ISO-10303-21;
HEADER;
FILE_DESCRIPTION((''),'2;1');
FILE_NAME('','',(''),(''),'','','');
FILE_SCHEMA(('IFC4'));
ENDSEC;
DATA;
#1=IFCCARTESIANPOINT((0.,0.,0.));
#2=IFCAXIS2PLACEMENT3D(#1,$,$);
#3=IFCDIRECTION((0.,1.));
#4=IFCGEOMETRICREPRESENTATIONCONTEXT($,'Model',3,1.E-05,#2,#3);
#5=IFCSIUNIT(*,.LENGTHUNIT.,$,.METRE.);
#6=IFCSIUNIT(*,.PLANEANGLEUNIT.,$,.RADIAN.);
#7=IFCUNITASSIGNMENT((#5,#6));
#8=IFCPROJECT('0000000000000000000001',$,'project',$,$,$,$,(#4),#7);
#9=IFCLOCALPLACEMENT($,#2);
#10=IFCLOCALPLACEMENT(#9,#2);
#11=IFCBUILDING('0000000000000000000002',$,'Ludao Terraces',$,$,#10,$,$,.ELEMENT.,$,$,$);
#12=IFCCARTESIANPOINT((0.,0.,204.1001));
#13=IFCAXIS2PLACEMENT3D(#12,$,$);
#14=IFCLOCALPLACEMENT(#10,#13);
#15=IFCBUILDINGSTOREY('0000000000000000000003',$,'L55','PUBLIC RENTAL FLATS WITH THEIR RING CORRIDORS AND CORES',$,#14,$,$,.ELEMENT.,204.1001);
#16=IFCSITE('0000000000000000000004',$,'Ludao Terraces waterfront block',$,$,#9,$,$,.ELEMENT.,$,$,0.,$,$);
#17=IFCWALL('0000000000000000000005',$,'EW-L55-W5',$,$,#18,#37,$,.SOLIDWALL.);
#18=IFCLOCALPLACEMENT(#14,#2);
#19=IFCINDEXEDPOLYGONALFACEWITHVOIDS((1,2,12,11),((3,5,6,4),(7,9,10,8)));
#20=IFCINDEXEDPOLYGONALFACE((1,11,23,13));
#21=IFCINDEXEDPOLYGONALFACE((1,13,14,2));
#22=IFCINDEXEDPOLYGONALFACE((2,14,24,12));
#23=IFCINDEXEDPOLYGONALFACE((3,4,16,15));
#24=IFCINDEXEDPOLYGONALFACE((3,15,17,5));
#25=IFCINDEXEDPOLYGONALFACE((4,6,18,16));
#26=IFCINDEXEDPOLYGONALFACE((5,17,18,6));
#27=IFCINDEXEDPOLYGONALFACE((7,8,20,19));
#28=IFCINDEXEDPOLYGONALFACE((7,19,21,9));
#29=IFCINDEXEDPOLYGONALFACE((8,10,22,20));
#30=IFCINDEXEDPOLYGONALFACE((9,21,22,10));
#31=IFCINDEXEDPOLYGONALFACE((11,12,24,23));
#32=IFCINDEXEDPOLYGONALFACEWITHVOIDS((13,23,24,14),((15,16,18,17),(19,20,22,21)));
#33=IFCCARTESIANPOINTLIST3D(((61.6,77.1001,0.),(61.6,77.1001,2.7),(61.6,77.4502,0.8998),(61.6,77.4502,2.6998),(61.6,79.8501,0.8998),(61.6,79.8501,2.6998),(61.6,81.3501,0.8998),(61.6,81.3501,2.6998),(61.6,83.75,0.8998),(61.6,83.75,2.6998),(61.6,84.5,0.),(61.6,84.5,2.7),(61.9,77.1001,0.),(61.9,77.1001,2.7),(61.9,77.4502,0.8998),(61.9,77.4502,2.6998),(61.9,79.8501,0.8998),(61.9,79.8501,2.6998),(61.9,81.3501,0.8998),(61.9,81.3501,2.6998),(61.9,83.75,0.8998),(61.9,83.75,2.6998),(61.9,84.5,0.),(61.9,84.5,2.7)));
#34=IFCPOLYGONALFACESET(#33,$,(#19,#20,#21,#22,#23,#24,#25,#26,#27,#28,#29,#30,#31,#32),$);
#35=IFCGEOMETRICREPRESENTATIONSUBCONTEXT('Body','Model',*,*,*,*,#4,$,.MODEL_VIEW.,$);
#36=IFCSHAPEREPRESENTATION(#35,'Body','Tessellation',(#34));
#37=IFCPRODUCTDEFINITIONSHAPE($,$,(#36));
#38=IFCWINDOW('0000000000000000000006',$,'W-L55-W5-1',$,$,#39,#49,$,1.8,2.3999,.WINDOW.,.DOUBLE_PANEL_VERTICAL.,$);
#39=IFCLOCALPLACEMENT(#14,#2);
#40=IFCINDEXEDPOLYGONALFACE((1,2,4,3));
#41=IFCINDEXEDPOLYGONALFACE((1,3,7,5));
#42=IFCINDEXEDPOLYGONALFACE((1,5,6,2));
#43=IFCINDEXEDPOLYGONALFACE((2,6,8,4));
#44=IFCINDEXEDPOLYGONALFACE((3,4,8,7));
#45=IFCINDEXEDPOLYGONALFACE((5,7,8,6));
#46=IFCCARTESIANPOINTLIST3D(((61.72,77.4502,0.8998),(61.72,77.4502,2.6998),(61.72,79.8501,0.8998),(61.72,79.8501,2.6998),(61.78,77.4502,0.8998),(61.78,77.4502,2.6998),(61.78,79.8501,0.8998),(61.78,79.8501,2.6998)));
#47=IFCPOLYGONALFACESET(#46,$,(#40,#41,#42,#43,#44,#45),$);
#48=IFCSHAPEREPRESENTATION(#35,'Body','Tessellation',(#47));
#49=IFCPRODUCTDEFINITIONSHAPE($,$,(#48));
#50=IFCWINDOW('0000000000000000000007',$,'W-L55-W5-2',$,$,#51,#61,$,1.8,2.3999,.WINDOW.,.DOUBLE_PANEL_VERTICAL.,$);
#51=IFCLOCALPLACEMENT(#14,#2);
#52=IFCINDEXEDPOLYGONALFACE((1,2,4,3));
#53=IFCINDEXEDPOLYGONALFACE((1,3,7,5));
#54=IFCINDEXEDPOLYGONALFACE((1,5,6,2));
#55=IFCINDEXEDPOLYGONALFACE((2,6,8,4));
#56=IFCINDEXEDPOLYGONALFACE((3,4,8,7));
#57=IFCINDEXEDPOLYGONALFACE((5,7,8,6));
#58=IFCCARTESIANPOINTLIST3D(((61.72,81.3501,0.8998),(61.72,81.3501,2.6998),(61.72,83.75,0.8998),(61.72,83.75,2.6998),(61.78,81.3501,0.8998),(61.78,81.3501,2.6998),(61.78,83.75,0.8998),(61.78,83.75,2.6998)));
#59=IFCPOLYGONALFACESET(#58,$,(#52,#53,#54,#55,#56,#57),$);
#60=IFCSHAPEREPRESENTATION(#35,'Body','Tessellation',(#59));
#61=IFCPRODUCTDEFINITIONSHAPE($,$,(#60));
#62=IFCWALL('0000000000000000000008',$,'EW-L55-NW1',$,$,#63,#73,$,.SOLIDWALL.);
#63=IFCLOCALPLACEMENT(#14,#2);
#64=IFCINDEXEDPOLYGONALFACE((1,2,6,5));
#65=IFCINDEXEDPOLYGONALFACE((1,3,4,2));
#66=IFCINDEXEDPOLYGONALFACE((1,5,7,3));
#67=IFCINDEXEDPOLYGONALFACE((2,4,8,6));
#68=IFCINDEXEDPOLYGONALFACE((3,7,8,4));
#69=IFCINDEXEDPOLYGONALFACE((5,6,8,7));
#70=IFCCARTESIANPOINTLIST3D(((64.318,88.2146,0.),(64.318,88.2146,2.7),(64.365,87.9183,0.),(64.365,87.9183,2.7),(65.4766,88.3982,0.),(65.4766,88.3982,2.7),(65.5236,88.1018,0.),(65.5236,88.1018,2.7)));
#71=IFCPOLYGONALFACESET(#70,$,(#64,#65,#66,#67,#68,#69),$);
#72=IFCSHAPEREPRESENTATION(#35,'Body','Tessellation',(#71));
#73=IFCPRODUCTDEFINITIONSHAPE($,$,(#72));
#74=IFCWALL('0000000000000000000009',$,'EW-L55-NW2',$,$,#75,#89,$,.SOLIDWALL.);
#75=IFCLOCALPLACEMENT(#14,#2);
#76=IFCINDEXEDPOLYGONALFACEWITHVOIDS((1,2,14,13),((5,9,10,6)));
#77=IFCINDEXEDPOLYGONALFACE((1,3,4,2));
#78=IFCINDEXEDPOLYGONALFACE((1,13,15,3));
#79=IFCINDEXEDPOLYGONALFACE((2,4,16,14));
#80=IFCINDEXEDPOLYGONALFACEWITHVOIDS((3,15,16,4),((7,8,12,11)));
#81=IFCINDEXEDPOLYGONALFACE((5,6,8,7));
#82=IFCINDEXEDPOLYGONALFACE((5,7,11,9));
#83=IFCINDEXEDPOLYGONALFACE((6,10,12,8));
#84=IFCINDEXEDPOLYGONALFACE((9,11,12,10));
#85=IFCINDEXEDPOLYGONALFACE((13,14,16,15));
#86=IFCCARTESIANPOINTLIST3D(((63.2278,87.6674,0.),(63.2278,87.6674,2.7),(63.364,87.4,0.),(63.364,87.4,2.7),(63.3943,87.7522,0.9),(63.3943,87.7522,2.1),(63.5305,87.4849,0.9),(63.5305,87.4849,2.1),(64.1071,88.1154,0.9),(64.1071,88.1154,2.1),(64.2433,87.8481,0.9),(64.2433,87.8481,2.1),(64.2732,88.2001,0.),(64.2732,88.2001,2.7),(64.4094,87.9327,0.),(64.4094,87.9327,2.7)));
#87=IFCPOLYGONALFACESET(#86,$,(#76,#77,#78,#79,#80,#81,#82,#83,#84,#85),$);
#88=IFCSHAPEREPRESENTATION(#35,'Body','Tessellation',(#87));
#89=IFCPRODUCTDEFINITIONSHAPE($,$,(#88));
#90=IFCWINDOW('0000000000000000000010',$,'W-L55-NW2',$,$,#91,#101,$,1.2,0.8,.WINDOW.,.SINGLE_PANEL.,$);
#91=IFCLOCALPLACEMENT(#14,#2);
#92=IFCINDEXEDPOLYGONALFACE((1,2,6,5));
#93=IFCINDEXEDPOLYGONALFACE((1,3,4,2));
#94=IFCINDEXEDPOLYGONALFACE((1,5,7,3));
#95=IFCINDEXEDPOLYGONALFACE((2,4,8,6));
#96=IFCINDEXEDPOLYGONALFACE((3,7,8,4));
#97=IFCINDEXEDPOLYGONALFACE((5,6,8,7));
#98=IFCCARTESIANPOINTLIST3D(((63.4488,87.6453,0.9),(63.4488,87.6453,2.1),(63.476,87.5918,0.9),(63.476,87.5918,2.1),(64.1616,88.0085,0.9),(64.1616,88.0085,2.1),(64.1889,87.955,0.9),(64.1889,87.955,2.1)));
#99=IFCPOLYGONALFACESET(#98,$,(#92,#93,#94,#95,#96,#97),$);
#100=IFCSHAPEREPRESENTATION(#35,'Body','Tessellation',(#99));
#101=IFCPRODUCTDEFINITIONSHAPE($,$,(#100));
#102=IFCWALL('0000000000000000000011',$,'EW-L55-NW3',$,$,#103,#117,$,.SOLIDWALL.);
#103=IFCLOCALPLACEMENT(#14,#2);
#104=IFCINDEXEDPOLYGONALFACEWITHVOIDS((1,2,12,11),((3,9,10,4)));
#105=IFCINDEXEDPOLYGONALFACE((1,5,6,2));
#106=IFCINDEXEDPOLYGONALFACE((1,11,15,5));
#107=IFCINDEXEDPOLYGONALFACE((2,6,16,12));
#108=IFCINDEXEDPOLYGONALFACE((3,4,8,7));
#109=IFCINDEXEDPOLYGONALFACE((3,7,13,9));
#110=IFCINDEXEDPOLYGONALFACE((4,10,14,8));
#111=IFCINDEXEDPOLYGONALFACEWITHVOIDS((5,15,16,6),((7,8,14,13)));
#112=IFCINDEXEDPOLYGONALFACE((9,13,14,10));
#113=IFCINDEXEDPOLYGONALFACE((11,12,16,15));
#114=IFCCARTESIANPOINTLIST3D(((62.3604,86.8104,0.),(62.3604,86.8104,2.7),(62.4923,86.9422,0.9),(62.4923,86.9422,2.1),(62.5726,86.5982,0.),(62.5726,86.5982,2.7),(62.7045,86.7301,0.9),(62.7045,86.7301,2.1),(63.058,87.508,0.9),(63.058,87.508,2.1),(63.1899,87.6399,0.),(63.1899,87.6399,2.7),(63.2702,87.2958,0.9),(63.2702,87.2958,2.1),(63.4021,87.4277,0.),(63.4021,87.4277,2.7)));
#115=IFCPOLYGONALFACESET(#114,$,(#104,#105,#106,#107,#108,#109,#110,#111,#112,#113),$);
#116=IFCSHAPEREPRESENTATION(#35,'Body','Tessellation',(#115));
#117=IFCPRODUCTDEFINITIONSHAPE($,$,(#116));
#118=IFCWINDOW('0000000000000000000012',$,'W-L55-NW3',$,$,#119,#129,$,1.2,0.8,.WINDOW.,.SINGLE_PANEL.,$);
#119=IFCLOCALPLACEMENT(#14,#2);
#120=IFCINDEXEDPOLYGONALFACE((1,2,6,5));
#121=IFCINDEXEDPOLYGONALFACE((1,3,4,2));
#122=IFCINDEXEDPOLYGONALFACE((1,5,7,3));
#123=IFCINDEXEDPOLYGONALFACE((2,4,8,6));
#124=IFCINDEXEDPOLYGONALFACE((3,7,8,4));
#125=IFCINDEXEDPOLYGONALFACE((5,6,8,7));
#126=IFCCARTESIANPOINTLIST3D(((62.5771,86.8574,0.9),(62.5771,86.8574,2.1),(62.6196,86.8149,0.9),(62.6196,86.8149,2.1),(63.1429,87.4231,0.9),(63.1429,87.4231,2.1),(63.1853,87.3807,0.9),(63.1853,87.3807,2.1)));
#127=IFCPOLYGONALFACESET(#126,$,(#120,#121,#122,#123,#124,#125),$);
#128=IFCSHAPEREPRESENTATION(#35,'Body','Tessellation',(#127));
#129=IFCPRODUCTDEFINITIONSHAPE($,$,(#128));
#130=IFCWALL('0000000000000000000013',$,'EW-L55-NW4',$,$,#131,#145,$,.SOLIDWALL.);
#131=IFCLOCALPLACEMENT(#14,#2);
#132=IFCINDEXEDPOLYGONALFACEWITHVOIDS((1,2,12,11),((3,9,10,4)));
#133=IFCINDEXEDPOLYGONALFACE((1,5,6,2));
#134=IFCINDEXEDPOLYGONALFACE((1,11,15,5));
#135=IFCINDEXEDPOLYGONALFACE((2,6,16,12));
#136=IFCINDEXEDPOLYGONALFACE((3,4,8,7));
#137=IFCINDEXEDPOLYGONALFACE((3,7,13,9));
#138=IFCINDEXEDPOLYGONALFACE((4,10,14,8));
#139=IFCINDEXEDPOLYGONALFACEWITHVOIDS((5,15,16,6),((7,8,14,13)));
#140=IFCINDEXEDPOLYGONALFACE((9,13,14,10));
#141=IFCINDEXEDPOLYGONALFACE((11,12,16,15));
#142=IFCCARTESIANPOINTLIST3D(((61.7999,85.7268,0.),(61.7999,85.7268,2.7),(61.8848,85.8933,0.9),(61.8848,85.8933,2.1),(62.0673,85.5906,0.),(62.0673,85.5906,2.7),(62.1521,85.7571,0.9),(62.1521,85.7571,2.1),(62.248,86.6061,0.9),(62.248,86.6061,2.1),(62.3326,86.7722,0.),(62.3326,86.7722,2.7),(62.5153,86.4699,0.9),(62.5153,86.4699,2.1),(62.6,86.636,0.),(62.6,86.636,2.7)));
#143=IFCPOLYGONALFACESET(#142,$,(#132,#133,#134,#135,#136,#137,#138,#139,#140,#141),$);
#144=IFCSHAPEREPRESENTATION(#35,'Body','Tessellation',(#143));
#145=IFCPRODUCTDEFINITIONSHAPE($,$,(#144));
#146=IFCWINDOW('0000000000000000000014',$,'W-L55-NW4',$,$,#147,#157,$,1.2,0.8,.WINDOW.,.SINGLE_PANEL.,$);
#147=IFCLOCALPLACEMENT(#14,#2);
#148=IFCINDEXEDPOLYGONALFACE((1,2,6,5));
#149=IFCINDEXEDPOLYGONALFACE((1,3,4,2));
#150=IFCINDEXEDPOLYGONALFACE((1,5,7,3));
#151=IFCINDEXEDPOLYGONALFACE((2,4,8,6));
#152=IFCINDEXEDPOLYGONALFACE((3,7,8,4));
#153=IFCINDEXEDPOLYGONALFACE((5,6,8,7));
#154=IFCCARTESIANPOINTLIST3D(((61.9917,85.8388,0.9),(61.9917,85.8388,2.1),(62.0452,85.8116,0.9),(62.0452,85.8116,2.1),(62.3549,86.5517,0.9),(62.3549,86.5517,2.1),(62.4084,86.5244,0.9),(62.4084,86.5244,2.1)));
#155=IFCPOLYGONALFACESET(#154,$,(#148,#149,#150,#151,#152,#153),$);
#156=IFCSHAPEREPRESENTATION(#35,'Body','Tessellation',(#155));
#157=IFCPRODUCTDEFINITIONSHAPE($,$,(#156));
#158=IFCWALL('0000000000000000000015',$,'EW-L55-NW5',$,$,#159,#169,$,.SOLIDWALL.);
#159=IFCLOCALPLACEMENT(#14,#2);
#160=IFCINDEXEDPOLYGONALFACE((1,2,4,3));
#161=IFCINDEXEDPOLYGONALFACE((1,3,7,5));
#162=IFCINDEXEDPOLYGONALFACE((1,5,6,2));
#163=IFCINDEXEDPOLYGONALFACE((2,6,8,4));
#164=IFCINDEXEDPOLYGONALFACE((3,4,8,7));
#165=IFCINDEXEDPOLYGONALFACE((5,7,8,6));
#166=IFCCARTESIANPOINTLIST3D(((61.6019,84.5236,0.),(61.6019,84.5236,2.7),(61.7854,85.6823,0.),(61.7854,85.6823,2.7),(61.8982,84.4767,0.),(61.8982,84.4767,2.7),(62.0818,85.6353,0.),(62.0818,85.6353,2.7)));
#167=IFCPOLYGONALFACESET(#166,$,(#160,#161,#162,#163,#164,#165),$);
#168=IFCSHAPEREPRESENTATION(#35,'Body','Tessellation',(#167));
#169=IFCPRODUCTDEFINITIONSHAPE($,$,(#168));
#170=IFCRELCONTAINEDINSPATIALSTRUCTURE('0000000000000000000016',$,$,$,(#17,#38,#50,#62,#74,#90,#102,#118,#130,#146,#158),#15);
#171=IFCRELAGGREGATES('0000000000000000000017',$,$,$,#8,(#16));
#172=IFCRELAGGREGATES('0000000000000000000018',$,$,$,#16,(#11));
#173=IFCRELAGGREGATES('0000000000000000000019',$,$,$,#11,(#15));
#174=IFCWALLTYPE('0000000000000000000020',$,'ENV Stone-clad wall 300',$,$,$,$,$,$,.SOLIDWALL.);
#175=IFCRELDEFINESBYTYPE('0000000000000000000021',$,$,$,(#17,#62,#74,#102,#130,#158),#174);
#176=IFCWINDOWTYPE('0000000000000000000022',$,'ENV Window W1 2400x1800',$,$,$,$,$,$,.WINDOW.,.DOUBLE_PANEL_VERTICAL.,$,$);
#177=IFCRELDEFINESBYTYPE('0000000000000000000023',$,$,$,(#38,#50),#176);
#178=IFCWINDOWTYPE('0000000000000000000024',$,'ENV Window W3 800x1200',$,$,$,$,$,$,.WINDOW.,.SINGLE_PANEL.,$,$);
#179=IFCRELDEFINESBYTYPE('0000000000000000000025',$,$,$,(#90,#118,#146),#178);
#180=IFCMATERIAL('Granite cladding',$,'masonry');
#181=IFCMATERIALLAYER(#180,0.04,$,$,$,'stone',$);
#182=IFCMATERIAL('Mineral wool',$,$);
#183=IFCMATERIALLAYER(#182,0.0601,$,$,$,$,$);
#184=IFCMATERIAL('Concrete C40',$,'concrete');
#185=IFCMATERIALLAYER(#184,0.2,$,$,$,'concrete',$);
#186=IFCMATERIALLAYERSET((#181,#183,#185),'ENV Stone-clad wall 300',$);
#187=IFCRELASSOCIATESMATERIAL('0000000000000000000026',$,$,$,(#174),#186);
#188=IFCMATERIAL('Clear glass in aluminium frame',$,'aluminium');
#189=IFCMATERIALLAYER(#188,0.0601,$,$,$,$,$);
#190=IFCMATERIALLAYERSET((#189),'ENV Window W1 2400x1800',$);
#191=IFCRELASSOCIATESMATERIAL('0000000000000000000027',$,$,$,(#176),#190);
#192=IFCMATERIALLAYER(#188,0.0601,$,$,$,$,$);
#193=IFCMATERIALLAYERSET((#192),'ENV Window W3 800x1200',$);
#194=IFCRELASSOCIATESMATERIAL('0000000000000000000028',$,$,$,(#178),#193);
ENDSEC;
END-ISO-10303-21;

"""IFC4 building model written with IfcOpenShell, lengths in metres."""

from ifc_helpers import new_model, si_unit, direction, frame, frame_2d, origin, place, context, subcontext, project, spatial, rectangle, extrude, material, layer, layer_set, type_object, element, fill, save


model = new_model("IFC4")

# Units and contexts
model_context = context("Model", 3, precision=1e-05, world=origin(), true_north=direction((0.0, 1.0)))
body_context = subcontext(model_context, "Body", "Model", "MODEL_VIEW")
ifc_project = project(units=[si_unit("LENGTHUNIT", "METRE"), si_unit("PLANEANGLEUNIT", "RADIAN")], contexts=[model_context])

# Site, building, storey
site_placement = place(None, origin())
site = spatial("IfcSite", under=ifc_project, at=site_placement, Name="Ludao Terraces waterfront block", CompositionType="ELEMENT", RefElevation=0.0)
building_placement = place(site_placement, origin())
building = spatial("IfcBuilding", under=site, at=building_placement, Name="Ludao Terraces", CompositionType="ELEMENT")
storey_placement = place(building_placement, frame((0.0, 0.0, 204.1001)))
storey = spatial("IfcBuildingStorey", under=building, at=storey_placement, Name="L55", Description="PUBLIC RENTAL FLATS WITH THEIR RING CORRIDORS AND CORES", CompositionType="ELEMENT", Elevation=204.1001)

# Shared definitions
ifc_material_1 = material(Name="Concrete C40", Category="concrete")

# Wall, openings, windows
ifc_material_2 = material(Name="Granite cladding", Category="masonry")
ifc_layer_1 = layer(ifc_material_2, 0.04, Category="stone")
ifc_material_3 = material(Name="Mineral wool")
ifc_layer_2 = layer(ifc_material_3, 0.0601)
ifc_layer_3 = layer(ifc_material_1, 0.2, Category="concrete")
ifc_layer_set_1 = layer_set([ifc_layer_1, ifc_layer_2, ifc_layer_3], Name="ENV Stone-clad wall 300")
wall_type_1 = type_object("IfcWallType", Name="ENV Stone-clad wall 300", PredefinedType="SOLIDWALL", material=ifc_layer_set_1)
ifc_material_4 = material(Name="Clear glass in aluminium frame", Category="aluminium")
ifc_layer_4 = layer(ifc_material_4, 0.0601)
ifc_layer_set_2 = layer_set([ifc_layer_4], Name="ENV Window W1 2400x1800")
window_type_1 = type_object("IfcWindowType", Name="ENV Window W1 2400x1800", PartitioningType="DOUBLE_PANEL_VERTICAL", PredefinedType="WINDOW", material=ifc_layer_set_2)
wall_1_placement = place(storey_placement, frame((61.75, 77.1001, 0.0), z_axis=(0.0, 0.0, 1.0), x_axis=(0.0, 1.0, 0.0)))
wall_1 = element("IfcWall", 1, at=wall_1_placement, inside=storey, type_object=wall_type_1, Name="EW-L55-W5", PredefinedType="SOLIDWALL", context=body_context, shape_type="SweptSolid", body=[
    extrude(rectangle(XDim=7.3999, YDim=0.3, at=frame_2d((3.7, 0.0))), origin(), (0.0, 0.0, 1.0), 2.7),
])
opening_1_placement = place(wall_1_placement, frame((0.3501, 0.0, 0.8999)))
opening_1 = element("IfcOpeningElement", 2, at=opening_1_placement, cuts=wall_1, PredefinedType="OPENING", context=body_context, shape_type="SweptSolid", body=[
    extrude(rectangle(XDim=2.3999, YDim=1.8, at=frame_2d((1.2, 0.8999))), frame((0.0, 0.1602, 0.0), z_axis=(0.0, -1.0, 0.0), x_axis=(1.0, 0.0, 0.0)), (0.0, 0.0, 1.0), 0.3201),
])
opening_2_placement = place(wall_1_placement, frame((4.25, 0.0, 0.8999)))
opening_2 = element("IfcOpeningElement", 3, at=opening_2_placement, cuts=wall_1, PredefinedType="OPENING", context=body_context, shape_type="SweptSolid", body=[
    extrude(rectangle(XDim=2.3999, YDim=1.8, at=frame_2d((1.2, 0.8999))), frame((0.0, 0.1602, 0.0), z_axis=(0.0, -1.0, 0.0), x_axis=(1.0, 0.0, 0.0)), (0.0, 0.0, 1.0), 0.3201),
])
window_1_placement = place(opening_1_placement, origin())
window_1 = element("IfcWindow", 4, at=window_1_placement, inside=storey, type_object=window_type_1, Name="W-L55-W5-1", OverallHeight=1.8, OverallWidth=2.3999, PartitioningType="DOUBLE_PANEL_VERTICAL", PredefinedType="WINDOW", context=body_context, shape_type="SweptSolid", body=[
    extrude(rectangle(XDim=2.3999, YDim=1.8, at=frame_2d((1.2, 0.8999))), frame((0.0, 0.03, 0.0), z_axis=(0.0, -1.0, 0.0), x_axis=(1.0, 0.0, 0.0)), (0.0, 0.0, 1.0), 0.0601),
])
fill(opening_1, window_1)
window_2_placement = place(opening_2_placement, origin())
window_2 = element("IfcWindow", 5, at=window_2_placement, inside=storey, type_object=window_type_1, Name="W-L55-W5-2", OverallHeight=1.8, OverallWidth=2.3999, PartitioningType="DOUBLE_PANEL_VERTICAL", PredefinedType="WINDOW", context=body_context, shape_type="SweptSolid", body=[
    extrude(rectangle(XDim=2.3999, YDim=1.8, at=frame_2d((1.2, 0.8999))), frame((0.0, 0.03, 0.0), z_axis=(0.0, -1.0, 0.0), x_axis=(1.0, 0.0, 0.0)), (0.0, 0.0, 1.0), 0.0601),
])
fill(opening_2, window_2)

# Wall
wall_2_placement = place(storey_placement, frame((65.5, 88.25, 0.0), z_axis=(0.0, 0.0, 1.0), x_axis=(-0.987678, -0.156497, 0.0)))
element("IfcWall", 6, at=wall_2_placement, inside=storey, type_object=wall_type_1, Name="EW-L55-NW1", PredefinedType="SOLIDWALL", context=body_context, shape_type="SweptSolid", body=[
    extrude(rectangle(XDim=1.1731, YDim=0.3, at=frame_2d((0.5864, 0.0))), origin(), (0.0, 0.0, 1.0), 2.7),
])

# Walls, openings, windows
wall_3_placement = place(storey_placement, frame((64.3413, 88.0664, 0.0), z_axis=(0.0, 0.0, 1.0), x_axis=(-0.890989, -0.454026, 0.0)))
wall_3 = element("IfcWall", 7, at=wall_3_placement, inside=storey, type_object=wall_type_1, Name="EW-L55-NW2", PredefinedType="SOLIDWALL", context=body_context, shape_type="SweptSolid", body=[
    extrude(rectangle(XDim=1.1733, YDim=0.3, at=frame_2d((0.5867, 0.0))), origin(), (0.0, 0.0, 1.0), 2.7),
])
opening_3_placement = place(wall_3_placement, frame((0.1865, 0.0, 0.8999)))
opening_3 = element("IfcOpeningElement", 8, at=opening_3_placement, cuts=wall_3, PredefinedType="OPENING", context=body_context, shape_type="SweptSolid", body=[
    extrude(rectangle(XDim=0.8, YDim=1.2, at=frame_2d((0.3999, 0.6001))), frame((0.0, 0.1602, 0.0), z_axis=(0.0, -1.0, 0.0), x_axis=(1.0, 0.0, 0.0)), (0.0, 0.0, 1.0), 0.3201),
])
ifc_layer_5 = layer(ifc_material_4, 0.0601)
ifc_layer_set_3 = layer_set([ifc_layer_5], Name="ENV Window W3 800x1200")
window_type_2 = type_object("IfcWindowType", Name="ENV Window W3 800x1200", PartitioningType="SINGLE_PANEL", PredefinedType="WINDOW", material=ifc_layer_set_3)
window_3_placement = place(opening_3_placement, origin())
window_3 = element("IfcWindow", 9, at=window_3_placement, inside=storey, type_object=window_type_2, Name="W-L55-NW2", OverallHeight=1.2, OverallWidth=0.8, PartitioningType="SINGLE_PANEL", PredefinedType="WINDOW", context=body_context, shape_type="SweptSolid", body=[
    extrude(rectangle(XDim=0.8, YDim=1.2, at=frame_2d((0.3999, 0.6001))), frame((0.0, 0.03, 0.0), z_axis=(0.0, -1.0, 0.0), x_axis=(1.0, 0.0, 0.0)), (0.0, 0.0, 1.0), 0.0601),
])
fill(opening_3, window_3)
wall_4_placement = place(storey_placement, frame((63.2959, 87.5337, 0.0), z_axis=(0.0, 0.0, 1.0), x_axis=(-0.707107, -0.707107, 0.0)))
wall_4 = element("IfcWall", 10, at=wall_4_placement, inside=storey, type_object=wall_type_1, Name="EW-L55-NW3", PredefinedType="SOLIDWALL", context=body_context, shape_type="SweptSolid", body=[
    extrude(rectangle(XDim=1.1731, YDim=0.3, at=frame_2d((0.5864, 0.0))), origin(), (0.0, 0.0, 1.0), 2.7),
])
opening_4_placement = place(wall_4_placement, frame((0.1865, 0.0, 0.8999)))
opening_4 = element("IfcOpeningElement", 11, at=opening_4_placement, cuts=wall_4, PredefinedType="OPENING", context=body_context, shape_type="SweptSolid", body=[
    extrude(rectangle(XDim=0.8, YDim=1.2, at=frame_2d((0.3999, 0.6001))), frame((0.0, 0.1602, 0.0), z_axis=(0.0, -1.0, 0.0), x_axis=(1.0, 0.0, 0.0)), (0.0, 0.0, 1.0), 0.3201),
])
window_4_placement = place(opening_4_placement, origin())
window_4 = element("IfcWindow", 12, at=window_4_placement, inside=storey, type_object=window_type_2, Name="W-L55-NW3", OverallHeight=1.2, OverallWidth=0.8, PartitioningType="SINGLE_PANEL", PredefinedType="WINDOW", context=body_context, shape_type="SweptSolid", body=[
    extrude(rectangle(XDim=0.8, YDim=1.2, at=frame_2d((0.3999, 0.6001))), frame((0.0, 0.03, 0.0), z_axis=(0.0, -1.0, 0.0), x_axis=(1.0, 0.0, 0.0)), (0.0, 0.0, 1.0), 0.0601),
])
fill(opening_4, window_4)
wall_5_placement = place(storey_placement, frame((62.4663, 86.7041, 0.0), z_axis=(0.0, 0.0, 1.0), x_axis=(-0.454026, -0.890989, 0.0)))
wall_5 = element("IfcWall", 13, at=wall_5_placement, inside=storey, type_object=wall_type_1, Name="EW-L55-NW4", PredefinedType="SOLIDWALL", context=body_context, shape_type="SweptSolid", body=[
    extrude(rectangle(XDim=1.1733, YDim=0.3, at=frame_2d((0.5867, 0.0))), origin(), (0.0, 0.0, 1.0), 2.7),
])
opening_5_placement = place(wall_5_placement, frame((0.1865, 0.0, 0.8999)))
opening_5 = element("IfcOpeningElement", 14, at=opening_5_placement, cuts=wall_5, PredefinedType="OPENING", context=body_context, shape_type="SweptSolid", body=[
    extrude(rectangle(XDim=0.8, YDim=1.2, at=frame_2d((0.3999, 0.6001))), frame((0.0, 0.1602, 0.0), z_axis=(0.0, -1.0, 0.0), x_axis=(1.0, 0.0, 0.0)), (0.0, 0.0, 1.0), 0.3201),
])
window_5_placement = place(opening_5_placement, origin())
window_5 = element("IfcWindow", 15, at=window_5_placement, inside=storey, type_object=window_type_2, Name="W-L55-NW4", OverallHeight=1.2, OverallWidth=0.8, PartitioningType="SINGLE_PANEL", PredefinedType="WINDOW", context=body_context, shape_type="SweptSolid", body=[
    extrude(rectangle(XDim=0.8, YDim=1.2, at=frame_2d((0.3999, 0.6001))), frame((0.0, 0.03, 0.0), z_axis=(0.0, -1.0, 0.0), x_axis=(1.0, 0.0, 0.0)), (0.0, 0.0, 1.0), 0.0601),
])
fill(opening_5, window_5)

# Wall
wall_6_placement = place(storey_placement, frame((61.9336, 85.6587, 0.0), z_axis=(0.0, 0.0, 1.0), x_axis=(-0.156497, -0.987678, 0.0)))
element("IfcWall", 16, at=wall_6_placement, inside=storey, type_object=wall_type_1, Name="EW-L55-NW5", PredefinedType="SOLIDWALL", context=body_context, shape_type="SweptSolid", body=[
    extrude(rectangle(XDim=1.1731, YDim=0.3, at=frame_2d((0.5864, 0.0))), origin(), (0.0, 0.0, 1.0), 2.7),
])

save(model, "model.ifc")
